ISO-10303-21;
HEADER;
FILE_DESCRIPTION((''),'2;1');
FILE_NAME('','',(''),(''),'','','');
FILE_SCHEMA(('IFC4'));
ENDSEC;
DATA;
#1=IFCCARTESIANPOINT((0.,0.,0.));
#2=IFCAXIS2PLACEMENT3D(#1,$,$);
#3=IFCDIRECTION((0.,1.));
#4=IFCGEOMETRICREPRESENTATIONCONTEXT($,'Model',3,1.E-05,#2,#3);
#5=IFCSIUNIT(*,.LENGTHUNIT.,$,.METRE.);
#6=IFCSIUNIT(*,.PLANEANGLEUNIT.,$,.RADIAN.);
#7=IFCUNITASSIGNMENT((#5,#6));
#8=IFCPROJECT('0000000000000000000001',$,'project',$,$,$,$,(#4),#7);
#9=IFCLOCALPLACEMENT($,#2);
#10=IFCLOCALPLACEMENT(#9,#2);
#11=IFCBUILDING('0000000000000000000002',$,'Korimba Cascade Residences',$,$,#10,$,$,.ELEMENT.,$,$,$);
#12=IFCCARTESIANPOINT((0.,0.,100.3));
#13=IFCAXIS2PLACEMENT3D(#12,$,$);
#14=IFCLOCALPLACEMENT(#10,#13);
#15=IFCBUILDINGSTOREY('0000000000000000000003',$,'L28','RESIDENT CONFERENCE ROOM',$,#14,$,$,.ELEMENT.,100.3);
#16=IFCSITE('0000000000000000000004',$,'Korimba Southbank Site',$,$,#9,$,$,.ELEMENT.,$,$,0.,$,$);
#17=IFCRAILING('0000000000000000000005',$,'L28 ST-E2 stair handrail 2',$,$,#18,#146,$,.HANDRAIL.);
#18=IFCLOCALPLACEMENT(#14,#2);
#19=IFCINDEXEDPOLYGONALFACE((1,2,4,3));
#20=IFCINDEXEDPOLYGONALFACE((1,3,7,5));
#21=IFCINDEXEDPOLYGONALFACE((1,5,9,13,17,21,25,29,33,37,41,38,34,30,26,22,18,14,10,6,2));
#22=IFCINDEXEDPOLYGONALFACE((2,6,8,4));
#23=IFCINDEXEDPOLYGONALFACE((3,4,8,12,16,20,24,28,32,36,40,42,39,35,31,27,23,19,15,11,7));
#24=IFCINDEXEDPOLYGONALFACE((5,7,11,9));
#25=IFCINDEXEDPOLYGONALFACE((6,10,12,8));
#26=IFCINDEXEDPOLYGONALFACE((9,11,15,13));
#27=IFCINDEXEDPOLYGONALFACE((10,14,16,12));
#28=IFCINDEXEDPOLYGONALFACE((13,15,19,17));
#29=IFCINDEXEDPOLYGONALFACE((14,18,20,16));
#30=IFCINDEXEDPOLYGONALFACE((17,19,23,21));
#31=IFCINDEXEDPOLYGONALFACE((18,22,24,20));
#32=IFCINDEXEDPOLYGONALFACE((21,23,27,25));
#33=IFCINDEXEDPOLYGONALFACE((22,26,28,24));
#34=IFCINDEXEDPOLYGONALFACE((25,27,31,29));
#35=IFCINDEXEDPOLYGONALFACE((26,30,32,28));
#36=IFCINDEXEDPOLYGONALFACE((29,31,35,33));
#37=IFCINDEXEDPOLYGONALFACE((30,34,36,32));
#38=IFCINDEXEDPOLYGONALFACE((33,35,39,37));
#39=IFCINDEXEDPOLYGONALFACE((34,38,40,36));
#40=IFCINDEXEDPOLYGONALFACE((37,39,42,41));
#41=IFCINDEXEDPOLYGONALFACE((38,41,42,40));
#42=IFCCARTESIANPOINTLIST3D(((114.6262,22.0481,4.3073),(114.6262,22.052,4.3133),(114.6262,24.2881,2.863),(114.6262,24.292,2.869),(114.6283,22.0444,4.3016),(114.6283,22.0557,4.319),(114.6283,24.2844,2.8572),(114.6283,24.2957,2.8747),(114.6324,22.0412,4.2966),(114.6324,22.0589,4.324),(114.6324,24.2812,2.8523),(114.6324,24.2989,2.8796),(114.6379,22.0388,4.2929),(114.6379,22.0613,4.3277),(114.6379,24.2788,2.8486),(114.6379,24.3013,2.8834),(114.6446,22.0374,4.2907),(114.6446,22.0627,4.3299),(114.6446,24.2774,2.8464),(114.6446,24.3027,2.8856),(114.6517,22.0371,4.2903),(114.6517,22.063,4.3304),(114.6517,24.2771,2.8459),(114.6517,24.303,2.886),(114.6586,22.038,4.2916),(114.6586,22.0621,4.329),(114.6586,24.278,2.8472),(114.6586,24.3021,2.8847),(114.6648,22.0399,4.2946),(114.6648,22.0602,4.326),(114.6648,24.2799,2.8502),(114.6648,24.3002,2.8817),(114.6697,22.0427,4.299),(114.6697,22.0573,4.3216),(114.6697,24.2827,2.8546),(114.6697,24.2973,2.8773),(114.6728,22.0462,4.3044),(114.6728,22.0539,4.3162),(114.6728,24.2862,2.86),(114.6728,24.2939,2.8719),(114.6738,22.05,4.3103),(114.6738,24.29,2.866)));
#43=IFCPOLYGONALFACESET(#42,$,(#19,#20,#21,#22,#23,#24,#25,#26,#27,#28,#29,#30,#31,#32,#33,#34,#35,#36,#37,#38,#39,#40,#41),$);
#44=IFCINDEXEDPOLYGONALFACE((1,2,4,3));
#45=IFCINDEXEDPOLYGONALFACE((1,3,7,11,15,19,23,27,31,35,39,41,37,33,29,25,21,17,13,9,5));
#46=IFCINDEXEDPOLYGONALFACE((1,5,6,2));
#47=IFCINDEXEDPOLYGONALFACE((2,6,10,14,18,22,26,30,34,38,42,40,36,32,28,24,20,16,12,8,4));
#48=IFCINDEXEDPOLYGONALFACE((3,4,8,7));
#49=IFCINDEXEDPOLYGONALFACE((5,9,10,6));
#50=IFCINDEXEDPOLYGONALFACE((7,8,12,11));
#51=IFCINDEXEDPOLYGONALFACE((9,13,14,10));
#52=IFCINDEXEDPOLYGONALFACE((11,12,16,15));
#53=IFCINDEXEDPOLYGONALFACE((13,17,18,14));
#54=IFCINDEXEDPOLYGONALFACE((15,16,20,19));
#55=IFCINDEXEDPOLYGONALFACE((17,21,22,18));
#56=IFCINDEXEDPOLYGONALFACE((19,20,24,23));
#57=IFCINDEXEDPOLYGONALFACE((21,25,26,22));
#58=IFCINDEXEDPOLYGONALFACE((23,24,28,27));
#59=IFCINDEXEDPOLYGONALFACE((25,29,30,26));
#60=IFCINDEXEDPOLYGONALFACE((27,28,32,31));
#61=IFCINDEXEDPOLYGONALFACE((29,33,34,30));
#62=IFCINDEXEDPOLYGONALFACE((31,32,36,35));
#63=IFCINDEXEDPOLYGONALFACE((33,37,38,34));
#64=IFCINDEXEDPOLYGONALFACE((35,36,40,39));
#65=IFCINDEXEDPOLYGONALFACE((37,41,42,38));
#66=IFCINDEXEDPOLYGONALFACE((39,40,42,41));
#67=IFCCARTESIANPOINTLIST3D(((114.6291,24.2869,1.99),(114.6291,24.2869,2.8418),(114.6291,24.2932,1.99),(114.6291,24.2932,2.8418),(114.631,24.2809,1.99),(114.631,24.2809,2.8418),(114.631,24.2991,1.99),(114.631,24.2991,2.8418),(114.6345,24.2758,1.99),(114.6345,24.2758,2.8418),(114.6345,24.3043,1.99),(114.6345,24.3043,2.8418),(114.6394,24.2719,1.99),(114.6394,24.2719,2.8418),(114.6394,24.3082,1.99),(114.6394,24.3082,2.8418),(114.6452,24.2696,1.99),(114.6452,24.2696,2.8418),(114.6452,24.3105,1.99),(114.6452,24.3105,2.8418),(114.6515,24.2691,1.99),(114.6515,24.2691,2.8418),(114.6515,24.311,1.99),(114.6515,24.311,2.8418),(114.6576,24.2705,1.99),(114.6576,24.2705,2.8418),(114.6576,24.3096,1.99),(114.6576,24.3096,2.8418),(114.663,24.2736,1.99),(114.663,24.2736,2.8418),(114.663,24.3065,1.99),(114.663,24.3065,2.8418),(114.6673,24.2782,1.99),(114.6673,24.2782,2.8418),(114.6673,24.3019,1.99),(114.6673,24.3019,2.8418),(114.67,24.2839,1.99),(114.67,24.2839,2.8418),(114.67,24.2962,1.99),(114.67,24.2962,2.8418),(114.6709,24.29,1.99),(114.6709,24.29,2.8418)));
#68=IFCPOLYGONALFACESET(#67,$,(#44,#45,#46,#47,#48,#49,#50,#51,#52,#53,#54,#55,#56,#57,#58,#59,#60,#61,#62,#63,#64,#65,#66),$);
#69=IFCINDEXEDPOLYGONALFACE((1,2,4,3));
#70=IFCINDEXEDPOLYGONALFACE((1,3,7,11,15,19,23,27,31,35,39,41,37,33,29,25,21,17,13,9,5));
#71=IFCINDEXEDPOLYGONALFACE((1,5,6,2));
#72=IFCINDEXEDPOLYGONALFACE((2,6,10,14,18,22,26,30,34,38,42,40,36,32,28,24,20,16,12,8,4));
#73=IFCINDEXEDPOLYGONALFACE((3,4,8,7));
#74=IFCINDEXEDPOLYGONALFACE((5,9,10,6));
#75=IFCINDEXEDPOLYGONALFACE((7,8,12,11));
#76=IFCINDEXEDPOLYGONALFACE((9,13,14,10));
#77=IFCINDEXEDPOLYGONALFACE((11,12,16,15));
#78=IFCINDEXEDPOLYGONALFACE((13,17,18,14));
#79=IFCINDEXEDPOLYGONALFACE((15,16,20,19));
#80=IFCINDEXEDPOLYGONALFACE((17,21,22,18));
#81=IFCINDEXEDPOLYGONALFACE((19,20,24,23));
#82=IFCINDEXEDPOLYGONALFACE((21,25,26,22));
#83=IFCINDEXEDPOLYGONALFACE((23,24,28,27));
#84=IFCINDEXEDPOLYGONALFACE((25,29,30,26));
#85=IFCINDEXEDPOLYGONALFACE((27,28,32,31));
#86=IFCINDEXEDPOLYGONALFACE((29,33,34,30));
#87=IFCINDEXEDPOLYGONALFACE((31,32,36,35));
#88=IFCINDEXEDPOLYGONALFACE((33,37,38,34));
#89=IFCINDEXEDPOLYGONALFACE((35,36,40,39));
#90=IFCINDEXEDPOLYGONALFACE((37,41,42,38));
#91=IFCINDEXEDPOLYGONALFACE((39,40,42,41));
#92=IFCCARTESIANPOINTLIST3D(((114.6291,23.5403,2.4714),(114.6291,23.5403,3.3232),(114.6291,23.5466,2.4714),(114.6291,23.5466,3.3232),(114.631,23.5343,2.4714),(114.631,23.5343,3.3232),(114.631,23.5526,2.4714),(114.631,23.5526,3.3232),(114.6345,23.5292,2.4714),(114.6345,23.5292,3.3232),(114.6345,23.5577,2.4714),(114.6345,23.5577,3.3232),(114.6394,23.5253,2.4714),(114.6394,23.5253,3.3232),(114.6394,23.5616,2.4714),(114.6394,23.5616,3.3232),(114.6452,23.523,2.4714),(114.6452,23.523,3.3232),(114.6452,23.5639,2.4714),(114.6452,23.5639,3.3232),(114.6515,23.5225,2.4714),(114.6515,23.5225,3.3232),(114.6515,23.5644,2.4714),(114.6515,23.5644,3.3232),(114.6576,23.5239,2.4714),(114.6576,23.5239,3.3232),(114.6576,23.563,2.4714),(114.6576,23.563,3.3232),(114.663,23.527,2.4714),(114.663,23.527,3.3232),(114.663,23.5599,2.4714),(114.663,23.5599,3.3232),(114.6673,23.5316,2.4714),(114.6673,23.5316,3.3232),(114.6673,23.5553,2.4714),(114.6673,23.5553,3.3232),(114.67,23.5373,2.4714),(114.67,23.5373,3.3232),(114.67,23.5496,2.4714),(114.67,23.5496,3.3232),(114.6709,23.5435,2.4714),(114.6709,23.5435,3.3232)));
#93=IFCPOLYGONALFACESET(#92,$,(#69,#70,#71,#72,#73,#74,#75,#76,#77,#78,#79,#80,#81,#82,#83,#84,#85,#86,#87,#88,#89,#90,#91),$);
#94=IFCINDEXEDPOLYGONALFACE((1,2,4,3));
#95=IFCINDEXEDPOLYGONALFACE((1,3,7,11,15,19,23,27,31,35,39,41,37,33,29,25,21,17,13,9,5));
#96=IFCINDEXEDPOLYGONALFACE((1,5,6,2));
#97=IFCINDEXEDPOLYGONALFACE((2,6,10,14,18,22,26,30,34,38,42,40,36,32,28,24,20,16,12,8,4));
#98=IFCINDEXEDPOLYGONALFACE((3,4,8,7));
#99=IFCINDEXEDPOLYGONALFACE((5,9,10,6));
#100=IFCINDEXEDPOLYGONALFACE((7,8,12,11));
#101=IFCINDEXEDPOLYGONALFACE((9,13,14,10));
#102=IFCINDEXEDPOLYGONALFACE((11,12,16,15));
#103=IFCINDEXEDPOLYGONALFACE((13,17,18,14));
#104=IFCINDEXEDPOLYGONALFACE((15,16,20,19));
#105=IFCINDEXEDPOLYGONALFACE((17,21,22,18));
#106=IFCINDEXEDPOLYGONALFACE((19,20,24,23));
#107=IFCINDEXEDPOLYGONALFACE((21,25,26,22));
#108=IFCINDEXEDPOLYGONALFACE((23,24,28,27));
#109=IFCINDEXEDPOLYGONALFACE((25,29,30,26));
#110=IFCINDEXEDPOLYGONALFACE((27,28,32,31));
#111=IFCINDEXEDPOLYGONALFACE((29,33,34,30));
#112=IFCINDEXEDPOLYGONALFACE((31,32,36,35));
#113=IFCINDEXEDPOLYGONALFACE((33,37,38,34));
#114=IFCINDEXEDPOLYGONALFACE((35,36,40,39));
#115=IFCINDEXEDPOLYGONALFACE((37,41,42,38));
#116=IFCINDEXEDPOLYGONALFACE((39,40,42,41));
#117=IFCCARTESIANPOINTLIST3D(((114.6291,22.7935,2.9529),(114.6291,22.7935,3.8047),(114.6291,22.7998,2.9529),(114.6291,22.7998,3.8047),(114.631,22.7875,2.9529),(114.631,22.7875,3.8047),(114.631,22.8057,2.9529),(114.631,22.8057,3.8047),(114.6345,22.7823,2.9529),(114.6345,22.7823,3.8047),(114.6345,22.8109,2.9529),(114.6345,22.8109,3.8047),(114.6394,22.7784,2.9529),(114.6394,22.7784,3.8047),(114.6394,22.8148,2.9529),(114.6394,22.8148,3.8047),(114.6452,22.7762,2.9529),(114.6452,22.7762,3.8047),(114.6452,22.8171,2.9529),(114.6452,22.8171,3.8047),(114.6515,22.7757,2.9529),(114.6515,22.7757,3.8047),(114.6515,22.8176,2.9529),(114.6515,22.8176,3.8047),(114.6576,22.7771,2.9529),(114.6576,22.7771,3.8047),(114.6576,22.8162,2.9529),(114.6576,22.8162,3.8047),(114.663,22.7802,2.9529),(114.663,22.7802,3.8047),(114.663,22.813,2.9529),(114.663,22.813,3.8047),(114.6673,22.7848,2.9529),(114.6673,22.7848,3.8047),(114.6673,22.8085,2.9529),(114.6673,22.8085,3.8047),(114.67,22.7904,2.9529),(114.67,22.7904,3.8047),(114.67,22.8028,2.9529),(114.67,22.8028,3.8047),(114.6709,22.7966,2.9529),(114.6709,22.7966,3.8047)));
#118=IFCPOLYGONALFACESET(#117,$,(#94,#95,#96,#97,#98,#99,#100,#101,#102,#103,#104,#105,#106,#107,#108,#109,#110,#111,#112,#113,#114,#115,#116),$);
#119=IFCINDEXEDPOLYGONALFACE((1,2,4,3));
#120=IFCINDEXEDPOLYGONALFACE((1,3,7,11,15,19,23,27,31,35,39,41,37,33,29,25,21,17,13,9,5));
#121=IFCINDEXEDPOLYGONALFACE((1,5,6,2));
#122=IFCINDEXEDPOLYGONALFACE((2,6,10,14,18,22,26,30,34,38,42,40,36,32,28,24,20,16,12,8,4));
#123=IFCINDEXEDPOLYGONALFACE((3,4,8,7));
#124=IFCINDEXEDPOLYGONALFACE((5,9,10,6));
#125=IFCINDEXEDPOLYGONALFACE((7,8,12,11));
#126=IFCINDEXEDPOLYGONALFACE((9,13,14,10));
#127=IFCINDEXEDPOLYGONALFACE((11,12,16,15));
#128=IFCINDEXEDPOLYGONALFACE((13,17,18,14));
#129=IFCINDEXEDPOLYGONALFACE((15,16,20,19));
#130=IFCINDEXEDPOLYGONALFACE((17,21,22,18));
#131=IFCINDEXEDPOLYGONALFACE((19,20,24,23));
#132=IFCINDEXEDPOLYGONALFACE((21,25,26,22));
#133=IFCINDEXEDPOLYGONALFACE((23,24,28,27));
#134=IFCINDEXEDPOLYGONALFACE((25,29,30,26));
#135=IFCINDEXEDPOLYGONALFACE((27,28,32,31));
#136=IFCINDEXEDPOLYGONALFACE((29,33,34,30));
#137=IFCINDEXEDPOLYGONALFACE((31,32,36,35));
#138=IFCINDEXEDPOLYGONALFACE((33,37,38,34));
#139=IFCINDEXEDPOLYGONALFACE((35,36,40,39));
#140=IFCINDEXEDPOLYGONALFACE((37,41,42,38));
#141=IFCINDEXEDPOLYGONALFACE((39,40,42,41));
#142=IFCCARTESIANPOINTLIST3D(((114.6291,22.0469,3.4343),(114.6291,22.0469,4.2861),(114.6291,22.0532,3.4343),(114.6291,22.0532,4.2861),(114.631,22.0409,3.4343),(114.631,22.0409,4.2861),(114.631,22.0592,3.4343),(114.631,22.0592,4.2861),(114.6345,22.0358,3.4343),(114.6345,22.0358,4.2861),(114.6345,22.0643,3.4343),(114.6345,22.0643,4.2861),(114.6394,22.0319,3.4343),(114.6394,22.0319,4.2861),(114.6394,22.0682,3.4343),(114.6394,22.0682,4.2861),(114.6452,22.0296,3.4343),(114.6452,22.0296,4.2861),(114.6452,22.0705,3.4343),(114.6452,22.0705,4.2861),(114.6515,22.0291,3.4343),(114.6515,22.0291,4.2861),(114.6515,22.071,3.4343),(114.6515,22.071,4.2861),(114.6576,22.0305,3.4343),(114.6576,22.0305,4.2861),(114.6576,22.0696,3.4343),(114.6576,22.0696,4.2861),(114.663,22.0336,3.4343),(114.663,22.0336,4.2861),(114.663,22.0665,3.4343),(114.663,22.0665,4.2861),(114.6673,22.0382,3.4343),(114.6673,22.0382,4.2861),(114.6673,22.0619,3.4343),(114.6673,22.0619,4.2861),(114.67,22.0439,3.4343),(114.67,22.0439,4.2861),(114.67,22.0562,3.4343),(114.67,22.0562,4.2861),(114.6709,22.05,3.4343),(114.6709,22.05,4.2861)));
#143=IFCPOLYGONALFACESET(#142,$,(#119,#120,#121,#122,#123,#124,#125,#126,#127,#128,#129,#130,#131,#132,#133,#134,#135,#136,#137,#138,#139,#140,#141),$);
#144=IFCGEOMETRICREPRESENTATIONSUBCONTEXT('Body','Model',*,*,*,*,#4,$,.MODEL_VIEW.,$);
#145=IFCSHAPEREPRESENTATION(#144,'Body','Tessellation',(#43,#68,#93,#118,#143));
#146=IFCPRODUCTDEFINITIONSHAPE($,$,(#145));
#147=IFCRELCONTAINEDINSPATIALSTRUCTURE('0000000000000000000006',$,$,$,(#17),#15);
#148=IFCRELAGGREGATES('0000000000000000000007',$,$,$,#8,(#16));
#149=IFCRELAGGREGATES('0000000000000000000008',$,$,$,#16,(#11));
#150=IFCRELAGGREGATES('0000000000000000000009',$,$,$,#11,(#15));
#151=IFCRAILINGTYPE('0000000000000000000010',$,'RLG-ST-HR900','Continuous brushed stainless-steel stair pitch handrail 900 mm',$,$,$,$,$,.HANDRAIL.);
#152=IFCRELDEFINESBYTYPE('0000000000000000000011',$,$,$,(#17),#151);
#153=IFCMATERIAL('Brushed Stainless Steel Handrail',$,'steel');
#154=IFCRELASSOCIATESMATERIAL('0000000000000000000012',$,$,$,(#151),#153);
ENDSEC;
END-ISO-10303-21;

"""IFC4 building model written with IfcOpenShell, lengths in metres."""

from ifc_helpers import new_model, si_unit, direction, frame, origin, origin_2d, place, context, subcontext, project, spatial, circle, extrude, material, type_object, element, save


model = new_model("IFC4")

# Units and contexts
model_context = context("Model", 3, precision=1e-05, world=origin(), true_north=direction((0.0, 1.0)))
body_context = subcontext(model_context, "Body", "Model", "MODEL_VIEW")
ifc_project = project(units=[si_unit("LENGTHUNIT", "METRE"), si_unit("PLANEANGLEUNIT", "RADIAN")], contexts=[model_context])

# Site, building, storey
site_placement = place(None, origin())
site = spatial("IfcSite", under=ifc_project, at=site_placement, Name="Korimba Southbank Site", CompositionType="ELEMENT", RefElevation=0.0)
building_placement = place(site_placement, origin())
building = spatial("IfcBuilding", under=site, at=building_placement, Name="Korimba Cascade Residences", CompositionType="ELEMENT")
storey_placement = place(building_placement, frame((0.0, 0.0, 100.3)))
storey = spatial("IfcBuildingStorey", under=building, at=storey_placement, Name="L28", Description="RESIDENT CONFERENCE ROOM", CompositionType="ELEMENT", Elevation=100.3)

# Railing
ifc_material_1 = material(Name="Brushed Stainless Steel Handrail", Category="steel")
railing_type_1 = type_object("IfcRailingType", Name="RLG-ST-HR900", Description="Continuous brushed stainless-steel stair pitch handrail 900 mm", PredefinedType="HANDRAIL", material=ifc_material_1)
railing_1_placement = place(storey_placement, frame((114.6499, 24.29, 1.99)))
element("IfcRailing", 1, at=railing_1_placement, inside=storey, type_object=railing_type_1, Name="L28 ST-E2 stair handrail 2", PredefinedType="HANDRAIL", context=body_context, shape_type="SweptSolid", body=[
    extrude(circle(Radius=0.0239, at=origin_2d()), frame((0.0, 0.0, 0.876), z_axis=(0.0, -0.840437, 0.54191), x_axis=(1.0, 0.0, 0.0)), (0.0, 0.0, 1.0), 2.6653),
    extrude(circle(Radius=0.021, at=origin_2d()), origin(), (0.0, 0.0, 1.0), 0.8518),
    extrude(circle(Radius=0.021, at=origin_2d()), frame((0.0, -0.7466, 0.4814)), (0.0, 0.0, 1.0), 0.8518),
    extrude(circle(Radius=0.021, at=origin_2d()), frame((0.0, -1.4934, 0.9629)), (0.0, 0.0, 1.0), 0.8518),
    extrude(circle(Radius=0.021, at=origin_2d()), frame((0.0, -2.24, 1.4443)), (0.0, 0.0, 1.0), 0.8518),
])

save(model, "model.ifc")
